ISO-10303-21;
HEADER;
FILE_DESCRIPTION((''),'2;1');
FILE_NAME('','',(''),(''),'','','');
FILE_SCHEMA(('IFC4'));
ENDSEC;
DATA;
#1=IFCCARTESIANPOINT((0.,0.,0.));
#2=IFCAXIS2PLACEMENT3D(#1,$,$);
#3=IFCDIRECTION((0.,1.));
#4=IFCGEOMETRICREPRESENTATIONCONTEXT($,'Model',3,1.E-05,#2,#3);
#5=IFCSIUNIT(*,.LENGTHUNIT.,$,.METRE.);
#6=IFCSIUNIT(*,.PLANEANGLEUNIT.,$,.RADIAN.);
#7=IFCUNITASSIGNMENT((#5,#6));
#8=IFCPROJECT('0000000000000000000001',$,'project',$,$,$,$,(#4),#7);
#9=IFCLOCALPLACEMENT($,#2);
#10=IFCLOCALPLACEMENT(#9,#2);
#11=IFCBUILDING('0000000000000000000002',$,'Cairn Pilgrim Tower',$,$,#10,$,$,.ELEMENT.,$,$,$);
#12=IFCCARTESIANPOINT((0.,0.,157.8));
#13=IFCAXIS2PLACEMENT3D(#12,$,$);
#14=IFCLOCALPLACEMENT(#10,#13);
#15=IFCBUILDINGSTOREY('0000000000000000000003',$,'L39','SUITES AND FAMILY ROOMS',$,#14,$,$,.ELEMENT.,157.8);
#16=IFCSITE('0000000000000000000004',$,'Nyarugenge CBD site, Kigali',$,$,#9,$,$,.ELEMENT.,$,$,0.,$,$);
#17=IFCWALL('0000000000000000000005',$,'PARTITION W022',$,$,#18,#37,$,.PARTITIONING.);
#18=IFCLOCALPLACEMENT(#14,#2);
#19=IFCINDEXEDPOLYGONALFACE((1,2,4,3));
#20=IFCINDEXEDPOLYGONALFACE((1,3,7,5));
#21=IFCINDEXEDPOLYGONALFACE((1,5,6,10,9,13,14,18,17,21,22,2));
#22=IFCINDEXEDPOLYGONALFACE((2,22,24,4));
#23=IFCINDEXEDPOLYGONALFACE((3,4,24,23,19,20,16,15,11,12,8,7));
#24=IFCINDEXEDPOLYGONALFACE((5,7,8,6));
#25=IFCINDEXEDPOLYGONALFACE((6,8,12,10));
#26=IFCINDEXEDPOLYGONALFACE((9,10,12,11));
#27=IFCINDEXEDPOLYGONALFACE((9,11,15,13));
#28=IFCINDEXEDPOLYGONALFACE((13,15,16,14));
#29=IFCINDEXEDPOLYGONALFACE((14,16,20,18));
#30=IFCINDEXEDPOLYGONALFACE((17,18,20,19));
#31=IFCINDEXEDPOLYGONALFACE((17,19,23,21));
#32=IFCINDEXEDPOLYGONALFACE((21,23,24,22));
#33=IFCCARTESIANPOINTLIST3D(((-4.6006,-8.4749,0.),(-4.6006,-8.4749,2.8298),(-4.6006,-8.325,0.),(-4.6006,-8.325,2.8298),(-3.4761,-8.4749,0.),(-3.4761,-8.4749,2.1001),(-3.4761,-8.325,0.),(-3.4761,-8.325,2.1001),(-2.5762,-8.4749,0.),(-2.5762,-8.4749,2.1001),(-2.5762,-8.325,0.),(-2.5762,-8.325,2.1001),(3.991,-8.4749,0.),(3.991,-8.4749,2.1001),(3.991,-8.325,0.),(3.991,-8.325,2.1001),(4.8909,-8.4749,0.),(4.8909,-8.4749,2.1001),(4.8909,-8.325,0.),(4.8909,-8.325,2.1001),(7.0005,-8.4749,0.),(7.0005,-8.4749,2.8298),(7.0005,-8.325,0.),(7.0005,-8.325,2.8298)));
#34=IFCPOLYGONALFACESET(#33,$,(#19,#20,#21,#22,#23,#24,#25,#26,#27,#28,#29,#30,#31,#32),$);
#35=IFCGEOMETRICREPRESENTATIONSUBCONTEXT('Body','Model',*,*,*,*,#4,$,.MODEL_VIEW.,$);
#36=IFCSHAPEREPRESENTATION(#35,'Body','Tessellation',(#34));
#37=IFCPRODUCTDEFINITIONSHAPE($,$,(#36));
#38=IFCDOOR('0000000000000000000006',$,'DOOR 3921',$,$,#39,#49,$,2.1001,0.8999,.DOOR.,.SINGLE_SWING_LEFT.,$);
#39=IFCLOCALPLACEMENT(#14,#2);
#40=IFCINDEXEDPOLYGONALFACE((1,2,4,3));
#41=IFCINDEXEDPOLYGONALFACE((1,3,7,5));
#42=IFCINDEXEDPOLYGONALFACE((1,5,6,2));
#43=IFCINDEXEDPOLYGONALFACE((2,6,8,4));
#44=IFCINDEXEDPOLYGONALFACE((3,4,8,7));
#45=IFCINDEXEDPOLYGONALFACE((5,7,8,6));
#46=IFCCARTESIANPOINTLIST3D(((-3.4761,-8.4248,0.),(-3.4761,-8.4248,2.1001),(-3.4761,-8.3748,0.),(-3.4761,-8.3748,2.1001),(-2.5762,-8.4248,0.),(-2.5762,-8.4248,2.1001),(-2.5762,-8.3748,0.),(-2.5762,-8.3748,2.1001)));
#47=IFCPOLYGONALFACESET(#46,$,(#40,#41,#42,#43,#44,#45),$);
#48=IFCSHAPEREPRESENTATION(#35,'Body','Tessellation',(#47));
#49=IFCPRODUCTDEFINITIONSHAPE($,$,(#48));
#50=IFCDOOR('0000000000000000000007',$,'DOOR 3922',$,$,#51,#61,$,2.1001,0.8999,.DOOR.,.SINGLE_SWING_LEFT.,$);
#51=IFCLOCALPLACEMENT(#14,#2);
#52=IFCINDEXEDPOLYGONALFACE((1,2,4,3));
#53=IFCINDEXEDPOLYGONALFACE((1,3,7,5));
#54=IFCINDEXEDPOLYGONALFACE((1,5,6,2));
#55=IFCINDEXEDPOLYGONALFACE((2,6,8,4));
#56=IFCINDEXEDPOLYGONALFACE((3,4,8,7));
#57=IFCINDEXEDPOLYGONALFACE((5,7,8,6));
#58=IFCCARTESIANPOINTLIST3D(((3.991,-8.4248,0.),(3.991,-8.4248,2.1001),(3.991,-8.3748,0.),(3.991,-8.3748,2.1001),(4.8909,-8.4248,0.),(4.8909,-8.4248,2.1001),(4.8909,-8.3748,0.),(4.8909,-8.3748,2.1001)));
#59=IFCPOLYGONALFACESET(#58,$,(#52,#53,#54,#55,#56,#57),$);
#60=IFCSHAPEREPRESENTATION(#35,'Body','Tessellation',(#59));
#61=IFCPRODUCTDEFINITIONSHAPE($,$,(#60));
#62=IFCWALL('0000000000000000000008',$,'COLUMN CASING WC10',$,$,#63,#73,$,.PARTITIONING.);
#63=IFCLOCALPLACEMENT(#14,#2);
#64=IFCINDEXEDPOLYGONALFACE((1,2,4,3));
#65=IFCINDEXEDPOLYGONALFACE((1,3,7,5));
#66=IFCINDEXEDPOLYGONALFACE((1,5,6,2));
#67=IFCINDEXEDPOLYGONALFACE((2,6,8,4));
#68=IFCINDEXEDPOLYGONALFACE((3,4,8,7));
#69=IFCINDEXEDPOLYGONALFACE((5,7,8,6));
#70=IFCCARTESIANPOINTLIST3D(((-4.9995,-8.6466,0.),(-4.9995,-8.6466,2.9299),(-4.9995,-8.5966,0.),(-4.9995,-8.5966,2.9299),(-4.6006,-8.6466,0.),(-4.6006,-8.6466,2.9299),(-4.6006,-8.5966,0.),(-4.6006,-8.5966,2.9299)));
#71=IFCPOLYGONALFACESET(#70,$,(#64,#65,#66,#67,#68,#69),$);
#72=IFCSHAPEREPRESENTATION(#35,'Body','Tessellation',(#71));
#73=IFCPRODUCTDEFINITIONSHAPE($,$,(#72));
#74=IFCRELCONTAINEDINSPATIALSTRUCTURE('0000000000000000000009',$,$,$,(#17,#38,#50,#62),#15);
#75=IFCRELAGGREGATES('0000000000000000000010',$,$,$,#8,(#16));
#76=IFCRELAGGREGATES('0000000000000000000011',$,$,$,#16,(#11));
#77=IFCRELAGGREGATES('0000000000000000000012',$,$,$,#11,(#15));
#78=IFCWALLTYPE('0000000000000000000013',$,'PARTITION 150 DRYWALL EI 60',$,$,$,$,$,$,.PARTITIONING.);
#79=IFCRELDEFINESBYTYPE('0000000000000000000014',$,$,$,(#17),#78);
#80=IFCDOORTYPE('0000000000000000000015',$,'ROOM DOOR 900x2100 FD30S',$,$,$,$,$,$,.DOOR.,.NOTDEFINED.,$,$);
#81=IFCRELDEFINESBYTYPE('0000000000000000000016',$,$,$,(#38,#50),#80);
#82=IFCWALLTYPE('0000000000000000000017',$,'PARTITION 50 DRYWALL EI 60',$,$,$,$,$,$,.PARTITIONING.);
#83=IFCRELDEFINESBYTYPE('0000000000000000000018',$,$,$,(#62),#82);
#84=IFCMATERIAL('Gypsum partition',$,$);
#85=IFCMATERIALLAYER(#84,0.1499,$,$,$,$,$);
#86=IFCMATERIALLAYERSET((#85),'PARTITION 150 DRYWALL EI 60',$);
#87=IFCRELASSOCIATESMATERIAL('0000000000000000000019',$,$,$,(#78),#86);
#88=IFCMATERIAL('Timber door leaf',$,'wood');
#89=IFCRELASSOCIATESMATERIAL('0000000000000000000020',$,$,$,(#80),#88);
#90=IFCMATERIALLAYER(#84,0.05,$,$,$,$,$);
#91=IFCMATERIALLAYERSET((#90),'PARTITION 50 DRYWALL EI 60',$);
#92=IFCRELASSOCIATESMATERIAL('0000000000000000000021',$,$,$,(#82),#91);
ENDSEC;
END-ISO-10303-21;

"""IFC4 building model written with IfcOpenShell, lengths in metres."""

from ifc_helpers import new_model, si_unit, direction, frame, frame_2d, origin, place, context, subcontext, project, spatial, rectangle, extrude, material, layer, layer_set, type_object, element, fill, save


model = new_model("IFC4")

# Units and contexts
model_context = context("Model", 3, precision=1e-05, world=origin(), true_north=direction((0.0, 1.0)))
body_context = subcontext(model_context, "Body", "Model", "MODEL_VIEW")
ifc_project = project(units=[si_unit("LENGTHUNIT", "METRE"), si_unit("PLANEANGLEUNIT", "RADIAN")], contexts=[model_context])

# Site, building, storey
site_placement = place(None, origin())
site = spatial("IfcSite", under=ifc_project, at=site_placement, Name="Nyarugenge CBD site, Kigali", CompositionType="ELEMENT", RefElevation=0.0)
building_placement = place(site_placement, origin())
building = spatial("IfcBuilding", under=site, at=building_placement, Name="Cairn Pilgrim Tower", CompositionType="ELEMENT")
storey_placement = place(building_placement, frame((0.0, 0.0, 157.8)))
storey = spatial("IfcBuildingStorey", under=building, at=storey_placement, Name="L39", Description="SUITES AND FAMILY ROOMS", CompositionType="ELEMENT", Elevation=157.8)

# Wall, openings, doors
ifc_material_1 = material(Name="Gypsum partition")
ifc_layer_1 = layer(ifc_material_1, 0.1499)
ifc_layer_set_1 = layer_set([ifc_layer_1], Name="PARTITION 150 DRYWALL EI 60")
wall_type_1 = type_object("IfcWallType", Name="PARTITION 150 DRYWALL EI 60", PredefinedType="PARTITIONING", material=ifc_layer_set_1)
wall_1_placement = place(storey_placement, frame((-4.6006, -8.3999, 0.0), z_axis=(0.0, 0.0, 1.0), x_axis=(1.0, 0.0, 0.0)))
wall_1 = element("IfcWall", 1, at=wall_1_placement, inside=storey, type_object=wall_type_1, Name="PARTITION W022", PredefinedType="PARTITIONING", context=body_context, shape_type="SweptSolid", body=[
    extrude(rectangle(XDim=11.6011, YDim=0.1499, at=frame_2d((5.8005, 0.0))), origin(), (0.0, 0.0, 1.0), 2.8298),
])
opening_1_placement = place(wall_1_placement, frame((1.1245, 0.0, 0.0)))
opening_1 = element("IfcOpeningElement", 2, at=opening_1_placement, cuts=wall_1, PredefinedType="OPENING", context=body_context, shape_type="SweptSolid", body=[
    extrude(rectangle(XDim=0.8999, YDim=2.1001, at=frame_2d((0.45, 1.05))), frame((0.0, 0.085, 0.0), z_axis=(0.0, -1.0, 0.0), x_axis=(1.0, 0.0, 0.0)), (0.0, 0.0, 1.0), 0.1699),
])
opening_2_placement = place(wall_1_placement, frame((8.5916, 0.0, 0.0)))
opening_2 = element("IfcOpeningElement", 3, at=opening_2_placement, cuts=wall_1, PredefinedType="OPENING", context=body_context, shape_type="SweptSolid", body=[
    extrude(rectangle(XDim=0.8999, YDim=2.1001, at=frame_2d((0.45, 1.05))), frame((0.0, 0.085, 0.0), z_axis=(0.0, -1.0, 0.0), x_axis=(1.0, 0.0, 0.0)), (0.0, 0.0, 1.0), 0.1699),
])
ifc_material_2 = material(Name="Timber door leaf", Category="wood")
door_type_1 = type_object("IfcDoorType", Name="ROOM DOOR 900x2100 FD30S", OperationType="NOTDEFINED", PredefinedType="DOOR", material=ifc_material_2)
door_1_placement = place(opening_1_placement, frame((0.8999, 0.0, 0.0), z_axis=(0.0, 0.0, 1.0), x_axis=(-1.0, 0.0, 0.0)))
door_1 = element("IfcDoor", 4, at=door_1_placement, inside=storey, type_object=door_type_1, Name="DOOR 3921", OperationType="SINGLE_SWING_LEFT", OverallHeight=2.1001, OverallWidth=0.8999, PredefinedType="DOOR", context=body_context, shape_type="SweptSolid", body=[
    extrude(rectangle(XDim=0.8999, YDim=2.1001, at=frame_2d((0.45, 1.05))), frame((0.0, 0.0249, 0.0), z_axis=(0.0, -1.0, 0.0), x_axis=(1.0, 0.0, 0.0)), (0.0, 0.0, 1.0), 0.05),
])
fill(opening_1, door_1)
door_2_placement = place(opening_2_placement, frame((0.8999, 0.0, 0.0), z_axis=(0.0, 0.0, 1.0), x_axis=(-1.0, 0.0, 0.0)))
door_2 = element("IfcDoor", 5, at=door_2_placement, inside=storey, type_object=door_type_1, Name="DOOR 3922", OperationType="SINGLE_SWING_LEFT", OverallHeight=2.1001, OverallWidth=0.8999, PredefinedType="DOOR", context=body_context, shape_type="SweptSolid", body=[
    extrude(rectangle(XDim=0.8999, YDim=2.1001, at=frame_2d((0.45, 1.05))), frame((0.0, 0.0249, 0.0), z_axis=(0.0, -1.0, 0.0), x_axis=(1.0, 0.0, 0.0)), (0.0, 0.0, 1.0), 0.05),
])
fill(opening_2, door_2)

# Wall
ifc_layer_2 = layer(ifc_material_1, 0.05)
ifc_layer_set_2 = layer_set([ifc_layer_2], Name="PARTITION 50 DRYWALL EI 60")
wall_type_2 = type_object("IfcWallType", Name="PARTITION 50 DRYWALL EI 60", PredefinedType="PARTITIONING", material=ifc_layer_set_2)
wall_2_placement = place(storey_placement, frame((-4.9995, -8.6216, 0.0), z_axis=(0.0, 0.0, 1.0), x_axis=(1.0, 0.0, 0.0)))
element("IfcWall", 6, at=wall_2_placement, inside=storey, type_object=wall_type_2, Name="COLUMN CASING WC10", PredefinedType="PARTITIONING", context=body_context, shape_type="SweptSolid", body=[
    extrude(rectangle(XDim=0.3989, YDim=0.05, at=frame_2d((0.1995, 0.0))), origin(), (0.0, 0.0, 1.0), 2.9299),
])

save(model, "model.ifc")
